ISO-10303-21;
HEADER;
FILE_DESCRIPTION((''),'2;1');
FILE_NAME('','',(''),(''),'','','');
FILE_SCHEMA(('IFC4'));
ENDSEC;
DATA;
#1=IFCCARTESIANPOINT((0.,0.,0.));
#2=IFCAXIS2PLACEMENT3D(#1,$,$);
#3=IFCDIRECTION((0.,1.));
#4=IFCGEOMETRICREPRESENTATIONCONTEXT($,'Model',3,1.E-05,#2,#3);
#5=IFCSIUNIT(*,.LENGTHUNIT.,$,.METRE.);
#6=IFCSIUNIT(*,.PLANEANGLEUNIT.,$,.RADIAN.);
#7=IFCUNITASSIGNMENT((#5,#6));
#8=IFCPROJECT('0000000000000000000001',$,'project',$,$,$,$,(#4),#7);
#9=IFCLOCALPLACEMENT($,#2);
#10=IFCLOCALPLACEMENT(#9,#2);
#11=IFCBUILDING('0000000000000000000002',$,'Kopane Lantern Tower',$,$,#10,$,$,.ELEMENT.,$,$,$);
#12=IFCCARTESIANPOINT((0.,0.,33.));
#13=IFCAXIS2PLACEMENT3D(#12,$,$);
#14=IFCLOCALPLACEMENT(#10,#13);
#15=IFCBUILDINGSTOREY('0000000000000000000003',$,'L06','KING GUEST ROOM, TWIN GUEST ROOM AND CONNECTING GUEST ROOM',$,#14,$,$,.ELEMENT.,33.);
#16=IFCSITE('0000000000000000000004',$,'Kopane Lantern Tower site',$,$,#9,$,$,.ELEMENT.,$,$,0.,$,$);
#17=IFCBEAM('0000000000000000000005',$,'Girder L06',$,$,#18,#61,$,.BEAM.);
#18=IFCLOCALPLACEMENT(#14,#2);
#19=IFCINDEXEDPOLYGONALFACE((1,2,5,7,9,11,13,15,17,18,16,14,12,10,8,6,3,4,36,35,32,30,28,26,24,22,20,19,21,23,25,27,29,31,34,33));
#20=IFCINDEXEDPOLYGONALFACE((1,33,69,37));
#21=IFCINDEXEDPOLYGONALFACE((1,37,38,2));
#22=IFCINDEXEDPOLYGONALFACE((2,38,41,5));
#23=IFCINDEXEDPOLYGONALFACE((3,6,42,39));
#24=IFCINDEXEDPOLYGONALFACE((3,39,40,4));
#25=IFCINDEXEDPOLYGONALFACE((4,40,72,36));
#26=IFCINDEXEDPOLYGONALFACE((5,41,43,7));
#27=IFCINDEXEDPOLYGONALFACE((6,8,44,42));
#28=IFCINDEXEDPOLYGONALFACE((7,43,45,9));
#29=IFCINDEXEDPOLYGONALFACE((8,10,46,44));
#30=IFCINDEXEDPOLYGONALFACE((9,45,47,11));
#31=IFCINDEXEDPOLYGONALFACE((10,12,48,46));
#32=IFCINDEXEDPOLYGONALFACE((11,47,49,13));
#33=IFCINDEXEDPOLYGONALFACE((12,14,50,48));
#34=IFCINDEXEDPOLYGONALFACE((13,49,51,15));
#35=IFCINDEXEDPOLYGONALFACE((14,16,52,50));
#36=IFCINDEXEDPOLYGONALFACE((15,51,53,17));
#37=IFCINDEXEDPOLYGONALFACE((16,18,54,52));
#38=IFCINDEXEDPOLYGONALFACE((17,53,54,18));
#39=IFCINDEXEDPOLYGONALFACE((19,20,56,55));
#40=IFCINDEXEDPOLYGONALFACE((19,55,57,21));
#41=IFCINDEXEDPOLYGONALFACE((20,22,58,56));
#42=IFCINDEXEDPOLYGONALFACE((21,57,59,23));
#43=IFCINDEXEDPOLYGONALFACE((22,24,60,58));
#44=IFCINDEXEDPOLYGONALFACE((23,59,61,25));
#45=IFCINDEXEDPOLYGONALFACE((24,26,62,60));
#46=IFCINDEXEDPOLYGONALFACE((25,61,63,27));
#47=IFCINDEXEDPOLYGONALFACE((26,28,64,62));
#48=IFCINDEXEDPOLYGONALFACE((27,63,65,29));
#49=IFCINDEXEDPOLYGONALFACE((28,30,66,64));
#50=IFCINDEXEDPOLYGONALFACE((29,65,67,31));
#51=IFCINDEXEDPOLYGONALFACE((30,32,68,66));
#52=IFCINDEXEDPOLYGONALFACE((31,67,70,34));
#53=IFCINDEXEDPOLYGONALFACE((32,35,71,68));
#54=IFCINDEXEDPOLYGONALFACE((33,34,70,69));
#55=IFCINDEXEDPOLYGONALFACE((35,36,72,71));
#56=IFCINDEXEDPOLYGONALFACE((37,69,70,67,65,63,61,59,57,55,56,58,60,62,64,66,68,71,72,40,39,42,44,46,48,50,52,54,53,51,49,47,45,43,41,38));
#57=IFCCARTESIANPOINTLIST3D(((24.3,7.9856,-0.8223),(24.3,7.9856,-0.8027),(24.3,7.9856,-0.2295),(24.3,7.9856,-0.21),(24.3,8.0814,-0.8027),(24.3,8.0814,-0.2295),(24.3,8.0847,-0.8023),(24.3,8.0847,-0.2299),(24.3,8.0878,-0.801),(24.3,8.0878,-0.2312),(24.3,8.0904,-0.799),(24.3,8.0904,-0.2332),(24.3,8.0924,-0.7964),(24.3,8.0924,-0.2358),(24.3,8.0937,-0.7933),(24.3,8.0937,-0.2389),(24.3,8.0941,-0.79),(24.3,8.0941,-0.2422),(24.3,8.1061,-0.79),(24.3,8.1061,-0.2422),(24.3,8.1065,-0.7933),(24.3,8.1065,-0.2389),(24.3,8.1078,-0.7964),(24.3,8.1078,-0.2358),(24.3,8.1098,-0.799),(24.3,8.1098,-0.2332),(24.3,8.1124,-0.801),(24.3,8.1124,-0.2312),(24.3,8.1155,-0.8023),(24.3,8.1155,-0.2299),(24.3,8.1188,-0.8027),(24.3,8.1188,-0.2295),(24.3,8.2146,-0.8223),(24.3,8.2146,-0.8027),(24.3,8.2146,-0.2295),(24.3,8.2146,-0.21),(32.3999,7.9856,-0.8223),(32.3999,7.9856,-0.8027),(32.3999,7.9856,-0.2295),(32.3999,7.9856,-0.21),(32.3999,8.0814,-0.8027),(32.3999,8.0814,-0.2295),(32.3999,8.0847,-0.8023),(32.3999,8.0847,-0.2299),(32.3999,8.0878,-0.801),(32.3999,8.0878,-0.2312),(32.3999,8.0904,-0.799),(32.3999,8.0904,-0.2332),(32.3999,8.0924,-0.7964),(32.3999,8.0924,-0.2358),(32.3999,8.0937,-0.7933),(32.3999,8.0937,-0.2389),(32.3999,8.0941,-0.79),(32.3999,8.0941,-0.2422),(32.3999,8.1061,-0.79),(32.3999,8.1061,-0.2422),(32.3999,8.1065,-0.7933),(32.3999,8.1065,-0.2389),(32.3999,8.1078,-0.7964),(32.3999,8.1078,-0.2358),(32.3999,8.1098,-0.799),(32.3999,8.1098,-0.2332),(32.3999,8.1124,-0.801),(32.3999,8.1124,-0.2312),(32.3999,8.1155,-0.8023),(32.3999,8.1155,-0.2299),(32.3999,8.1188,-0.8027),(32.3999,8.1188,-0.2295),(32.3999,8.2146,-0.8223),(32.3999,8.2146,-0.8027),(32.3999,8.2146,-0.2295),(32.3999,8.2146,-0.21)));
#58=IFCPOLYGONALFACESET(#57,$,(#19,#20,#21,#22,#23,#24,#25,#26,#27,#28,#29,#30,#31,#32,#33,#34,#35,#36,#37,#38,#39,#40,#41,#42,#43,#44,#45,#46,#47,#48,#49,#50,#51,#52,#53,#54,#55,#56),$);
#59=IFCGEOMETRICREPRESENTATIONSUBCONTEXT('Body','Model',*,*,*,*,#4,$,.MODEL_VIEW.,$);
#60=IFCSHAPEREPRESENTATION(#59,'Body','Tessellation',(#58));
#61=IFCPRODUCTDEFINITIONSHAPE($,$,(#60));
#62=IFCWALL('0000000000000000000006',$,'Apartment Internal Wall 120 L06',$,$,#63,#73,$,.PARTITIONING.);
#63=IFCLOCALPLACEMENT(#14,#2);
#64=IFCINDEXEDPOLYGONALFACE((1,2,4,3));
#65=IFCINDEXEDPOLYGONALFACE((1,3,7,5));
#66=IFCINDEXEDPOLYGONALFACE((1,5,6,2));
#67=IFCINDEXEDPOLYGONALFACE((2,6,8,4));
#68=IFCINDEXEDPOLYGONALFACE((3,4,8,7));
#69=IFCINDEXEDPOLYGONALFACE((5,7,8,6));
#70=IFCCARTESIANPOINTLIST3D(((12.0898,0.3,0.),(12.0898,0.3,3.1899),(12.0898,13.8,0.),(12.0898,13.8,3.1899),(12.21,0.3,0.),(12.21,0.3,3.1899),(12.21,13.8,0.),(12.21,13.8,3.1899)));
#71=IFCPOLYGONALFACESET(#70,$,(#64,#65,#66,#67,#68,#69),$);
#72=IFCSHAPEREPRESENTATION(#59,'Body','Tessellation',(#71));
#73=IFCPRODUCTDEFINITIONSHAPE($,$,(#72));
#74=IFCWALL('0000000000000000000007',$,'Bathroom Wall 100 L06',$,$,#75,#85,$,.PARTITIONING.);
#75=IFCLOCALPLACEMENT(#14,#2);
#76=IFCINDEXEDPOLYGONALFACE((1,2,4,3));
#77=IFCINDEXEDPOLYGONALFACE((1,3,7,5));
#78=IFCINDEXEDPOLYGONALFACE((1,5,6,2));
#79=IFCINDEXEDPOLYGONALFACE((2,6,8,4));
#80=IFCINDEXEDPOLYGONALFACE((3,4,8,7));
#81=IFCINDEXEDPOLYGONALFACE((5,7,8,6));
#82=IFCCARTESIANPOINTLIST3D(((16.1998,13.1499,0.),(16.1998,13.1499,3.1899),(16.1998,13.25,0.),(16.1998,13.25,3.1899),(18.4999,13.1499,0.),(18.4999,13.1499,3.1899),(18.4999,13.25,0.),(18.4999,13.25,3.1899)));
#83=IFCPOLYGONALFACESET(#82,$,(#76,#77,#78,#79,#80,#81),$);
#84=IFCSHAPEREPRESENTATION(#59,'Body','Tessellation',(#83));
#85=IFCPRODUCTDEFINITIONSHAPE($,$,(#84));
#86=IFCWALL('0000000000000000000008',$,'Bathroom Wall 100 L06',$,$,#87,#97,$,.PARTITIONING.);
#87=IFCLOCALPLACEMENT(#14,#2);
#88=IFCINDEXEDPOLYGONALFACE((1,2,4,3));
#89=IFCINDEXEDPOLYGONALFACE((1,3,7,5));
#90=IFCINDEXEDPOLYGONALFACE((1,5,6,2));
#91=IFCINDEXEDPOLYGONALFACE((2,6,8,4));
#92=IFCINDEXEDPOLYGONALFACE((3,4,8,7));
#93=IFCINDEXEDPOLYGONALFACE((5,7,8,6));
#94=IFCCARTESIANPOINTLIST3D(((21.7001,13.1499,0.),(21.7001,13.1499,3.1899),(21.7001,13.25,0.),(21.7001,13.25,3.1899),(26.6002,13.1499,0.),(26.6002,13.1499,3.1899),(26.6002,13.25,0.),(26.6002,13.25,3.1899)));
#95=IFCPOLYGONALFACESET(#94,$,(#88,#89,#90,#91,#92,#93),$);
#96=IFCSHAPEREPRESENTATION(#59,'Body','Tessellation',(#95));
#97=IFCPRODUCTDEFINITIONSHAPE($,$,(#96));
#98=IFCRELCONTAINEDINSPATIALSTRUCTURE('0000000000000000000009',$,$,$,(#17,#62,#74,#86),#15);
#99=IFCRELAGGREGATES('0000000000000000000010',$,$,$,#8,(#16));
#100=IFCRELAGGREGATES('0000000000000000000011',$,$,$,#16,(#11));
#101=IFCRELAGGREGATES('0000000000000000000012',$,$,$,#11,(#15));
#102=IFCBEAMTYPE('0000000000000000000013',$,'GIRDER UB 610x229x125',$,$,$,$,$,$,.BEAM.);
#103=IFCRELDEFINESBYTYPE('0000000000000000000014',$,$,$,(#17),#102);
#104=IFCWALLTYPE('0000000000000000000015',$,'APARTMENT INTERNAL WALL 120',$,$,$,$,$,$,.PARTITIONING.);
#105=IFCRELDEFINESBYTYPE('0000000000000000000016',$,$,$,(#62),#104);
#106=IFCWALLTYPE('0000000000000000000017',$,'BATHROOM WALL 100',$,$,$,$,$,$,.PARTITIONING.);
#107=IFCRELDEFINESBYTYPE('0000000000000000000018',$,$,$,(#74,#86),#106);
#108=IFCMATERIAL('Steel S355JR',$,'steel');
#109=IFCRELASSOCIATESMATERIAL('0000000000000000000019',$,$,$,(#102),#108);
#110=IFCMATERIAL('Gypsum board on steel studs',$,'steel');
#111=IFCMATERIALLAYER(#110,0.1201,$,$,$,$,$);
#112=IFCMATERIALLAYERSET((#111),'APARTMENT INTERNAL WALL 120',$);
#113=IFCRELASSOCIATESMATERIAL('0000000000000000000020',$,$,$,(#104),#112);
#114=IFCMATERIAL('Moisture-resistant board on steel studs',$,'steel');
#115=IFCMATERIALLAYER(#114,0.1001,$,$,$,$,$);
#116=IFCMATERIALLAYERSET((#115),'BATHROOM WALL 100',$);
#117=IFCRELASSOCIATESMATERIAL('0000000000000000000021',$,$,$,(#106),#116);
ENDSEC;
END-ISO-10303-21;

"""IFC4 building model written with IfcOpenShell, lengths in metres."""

from ifc_helpers import new_model, si_unit, direction, frame, frame_2d, origin, origin_2d, place, context, subcontext, project, spatial, rectangle, i_section, extrude, material, layer, layer_set, material_profile, profile_set, type_object, element, save


model = new_model("IFC4")

# Units and contexts
model_context = context("Model", 3, precision=1e-05, world=origin(), true_north=direction((0.0, 1.0)))
body_context = subcontext(model_context, "Body", "Model", "MODEL_VIEW")
ifc_project = project(units=[si_unit("LENGTHUNIT", "METRE"), si_unit("PLANEANGLEUNIT", "RADIAN")], contexts=[model_context])

# Site, building, storey
site_placement = place(None, origin())
site = spatial("IfcSite", under=ifc_project, at=site_placement, Name="Kopane Lantern Tower site", CompositionType="ELEMENT", RefElevation=0.0)
building_placement = place(site_placement, origin())
building = spatial("IfcBuilding", under=site, at=building_placement, Name="Kopane Lantern Tower", CompositionType="ELEMENT")
storey_placement = place(building_placement, frame((0.0, 0.0, 33.0)))
storey = spatial("IfcBuildingStorey", under=building, at=storey_placement, Name="L06", Description="KING GUEST ROOM, TWIN GUEST ROOM AND CONNECTING GUEST ROOM", CompositionType="ELEMENT", Elevation=33.0)

# Beam
ifc_material_1 = material(Name="Steel S355JR", Category="steel")
ifc_material_profile_1 = material_profile(ifc_material_1, i_section(OverallWidth=0.229, OverallDepth=0.6123, WebThickness=0.012, FlangeThickness=0.0195, FilletRadius=0.0127, at=origin_2d()), Name="UB 610x229x125")
ifc_profile_set_1 = profile_set([ifc_material_profile_1], Name="Steel S355JR")
beam_type = type_object("IfcBeamType", Name="GIRDER UB 610x229x125", PredefinedType="BEAM", material=ifc_profile_set_1)
for number, where, z_axis, x_axis, name in (
    (1, (24.3, 8.1001, -0.5161), (1.0, 0.0, 0.0), (0.0, 1.0, 0.0), "Girder L06"),
):
    element("IfcBeam", number, at=place(storey_placement, frame(where, z_axis=z_axis, x_axis=x_axis)), inside=storey, type_object=beam_type, Name=name, PredefinedType="BEAM", context=body_context, shape_type="SweptSolid", body=[
        extrude(i_section(OverallWidth=0.229, OverallDepth=0.6123, WebThickness=0.012, FlangeThickness=0.0195, FilletRadius=0.0127, at=origin_2d()), origin(), (0.0, 0.0, 1.0), 8.0999),
    ])

# Walls
ifc_material_2 = material(Name="Gypsum board on steel studs", Category="steel")
ifc_layer_1 = layer(ifc_material_2, 0.1201)
ifc_layer_set_1 = layer_set([ifc_layer_1], Name="APARTMENT INTERNAL WALL 120")
wall_type_1 = type_object("IfcWallType", Name="APARTMENT INTERNAL WALL 120", PredefinedType="PARTITIONING", material=ifc_layer_set_1)
wall_1_placement = place(storey_placement, frame((12.1499, 13.8, 0.0), z_axis=(0.0, 0.0, 1.0), x_axis=(0.0, -1.0, 0.0)))
element("IfcWall", 2, at=wall_1_placement, inside=storey, type_object=wall_type_1, Name="Apartment Internal Wall 120 L06", PredefinedType="PARTITIONING", context=body_context, shape_type="SweptSolid", body=[
    extrude(rectangle(XDim=13.5, YDim=0.1201, at=frame_2d((6.75, 0.0))), origin(), (0.0, 0.0, 1.0), 3.1899),
])
ifc_material_3 = material(Name="Moisture-resistant board on steel studs", Category="steel")
ifc_layer_2 = layer(ifc_material_3, 0.1001)
ifc_layer_set_2 = layer_set([ifc_layer_2], Name="BATHROOM WALL 100")
wall_type_2 = type_object("IfcWallType", Name="BATHROOM WALL 100", PredefinedType="PARTITIONING", material=ifc_layer_set_2)
wall_2_placement = place(storey_placement, frame((16.2, 13.2, 0.0), z_axis=(0.0, 0.0, 1.0), x_axis=(1.0, 0.0, 0.0)))
element("IfcWall", 3, at=wall_2_placement, inside=storey, type_object=wall_type_2, Name="Bathroom Wall 100 L06", PredefinedType="PARTITIONING", context=body_context, shape_type="SweptSolid", body=[
    extrude(rectangle(XDim=2.3, YDim=0.1001, at=frame_2d((1.1499, 0.0))), origin(), (0.0, 0.0, 1.0), 3.1899),
])
wall_3_placement = place(storey_placement, frame((21.7, 13.2, 0.0), z_axis=(0.0, 0.0, 1.0), x_axis=(1.0, 0.0, 0.0)))
element("IfcWall", 4, at=wall_3_placement, inside=storey, type_object=wall_type_2, Name="Bathroom Wall 100 L06", PredefinedType="PARTITIONING", context=body_context, shape_type="SweptSolid", body=[
    extrude(rectangle(XDim=4.9001, YDim=0.1001, at=frame_2d((2.4502, 0.0))), origin(), (0.0, 0.0, 1.0), 3.1899),
])

save(model, "model.ifc")
